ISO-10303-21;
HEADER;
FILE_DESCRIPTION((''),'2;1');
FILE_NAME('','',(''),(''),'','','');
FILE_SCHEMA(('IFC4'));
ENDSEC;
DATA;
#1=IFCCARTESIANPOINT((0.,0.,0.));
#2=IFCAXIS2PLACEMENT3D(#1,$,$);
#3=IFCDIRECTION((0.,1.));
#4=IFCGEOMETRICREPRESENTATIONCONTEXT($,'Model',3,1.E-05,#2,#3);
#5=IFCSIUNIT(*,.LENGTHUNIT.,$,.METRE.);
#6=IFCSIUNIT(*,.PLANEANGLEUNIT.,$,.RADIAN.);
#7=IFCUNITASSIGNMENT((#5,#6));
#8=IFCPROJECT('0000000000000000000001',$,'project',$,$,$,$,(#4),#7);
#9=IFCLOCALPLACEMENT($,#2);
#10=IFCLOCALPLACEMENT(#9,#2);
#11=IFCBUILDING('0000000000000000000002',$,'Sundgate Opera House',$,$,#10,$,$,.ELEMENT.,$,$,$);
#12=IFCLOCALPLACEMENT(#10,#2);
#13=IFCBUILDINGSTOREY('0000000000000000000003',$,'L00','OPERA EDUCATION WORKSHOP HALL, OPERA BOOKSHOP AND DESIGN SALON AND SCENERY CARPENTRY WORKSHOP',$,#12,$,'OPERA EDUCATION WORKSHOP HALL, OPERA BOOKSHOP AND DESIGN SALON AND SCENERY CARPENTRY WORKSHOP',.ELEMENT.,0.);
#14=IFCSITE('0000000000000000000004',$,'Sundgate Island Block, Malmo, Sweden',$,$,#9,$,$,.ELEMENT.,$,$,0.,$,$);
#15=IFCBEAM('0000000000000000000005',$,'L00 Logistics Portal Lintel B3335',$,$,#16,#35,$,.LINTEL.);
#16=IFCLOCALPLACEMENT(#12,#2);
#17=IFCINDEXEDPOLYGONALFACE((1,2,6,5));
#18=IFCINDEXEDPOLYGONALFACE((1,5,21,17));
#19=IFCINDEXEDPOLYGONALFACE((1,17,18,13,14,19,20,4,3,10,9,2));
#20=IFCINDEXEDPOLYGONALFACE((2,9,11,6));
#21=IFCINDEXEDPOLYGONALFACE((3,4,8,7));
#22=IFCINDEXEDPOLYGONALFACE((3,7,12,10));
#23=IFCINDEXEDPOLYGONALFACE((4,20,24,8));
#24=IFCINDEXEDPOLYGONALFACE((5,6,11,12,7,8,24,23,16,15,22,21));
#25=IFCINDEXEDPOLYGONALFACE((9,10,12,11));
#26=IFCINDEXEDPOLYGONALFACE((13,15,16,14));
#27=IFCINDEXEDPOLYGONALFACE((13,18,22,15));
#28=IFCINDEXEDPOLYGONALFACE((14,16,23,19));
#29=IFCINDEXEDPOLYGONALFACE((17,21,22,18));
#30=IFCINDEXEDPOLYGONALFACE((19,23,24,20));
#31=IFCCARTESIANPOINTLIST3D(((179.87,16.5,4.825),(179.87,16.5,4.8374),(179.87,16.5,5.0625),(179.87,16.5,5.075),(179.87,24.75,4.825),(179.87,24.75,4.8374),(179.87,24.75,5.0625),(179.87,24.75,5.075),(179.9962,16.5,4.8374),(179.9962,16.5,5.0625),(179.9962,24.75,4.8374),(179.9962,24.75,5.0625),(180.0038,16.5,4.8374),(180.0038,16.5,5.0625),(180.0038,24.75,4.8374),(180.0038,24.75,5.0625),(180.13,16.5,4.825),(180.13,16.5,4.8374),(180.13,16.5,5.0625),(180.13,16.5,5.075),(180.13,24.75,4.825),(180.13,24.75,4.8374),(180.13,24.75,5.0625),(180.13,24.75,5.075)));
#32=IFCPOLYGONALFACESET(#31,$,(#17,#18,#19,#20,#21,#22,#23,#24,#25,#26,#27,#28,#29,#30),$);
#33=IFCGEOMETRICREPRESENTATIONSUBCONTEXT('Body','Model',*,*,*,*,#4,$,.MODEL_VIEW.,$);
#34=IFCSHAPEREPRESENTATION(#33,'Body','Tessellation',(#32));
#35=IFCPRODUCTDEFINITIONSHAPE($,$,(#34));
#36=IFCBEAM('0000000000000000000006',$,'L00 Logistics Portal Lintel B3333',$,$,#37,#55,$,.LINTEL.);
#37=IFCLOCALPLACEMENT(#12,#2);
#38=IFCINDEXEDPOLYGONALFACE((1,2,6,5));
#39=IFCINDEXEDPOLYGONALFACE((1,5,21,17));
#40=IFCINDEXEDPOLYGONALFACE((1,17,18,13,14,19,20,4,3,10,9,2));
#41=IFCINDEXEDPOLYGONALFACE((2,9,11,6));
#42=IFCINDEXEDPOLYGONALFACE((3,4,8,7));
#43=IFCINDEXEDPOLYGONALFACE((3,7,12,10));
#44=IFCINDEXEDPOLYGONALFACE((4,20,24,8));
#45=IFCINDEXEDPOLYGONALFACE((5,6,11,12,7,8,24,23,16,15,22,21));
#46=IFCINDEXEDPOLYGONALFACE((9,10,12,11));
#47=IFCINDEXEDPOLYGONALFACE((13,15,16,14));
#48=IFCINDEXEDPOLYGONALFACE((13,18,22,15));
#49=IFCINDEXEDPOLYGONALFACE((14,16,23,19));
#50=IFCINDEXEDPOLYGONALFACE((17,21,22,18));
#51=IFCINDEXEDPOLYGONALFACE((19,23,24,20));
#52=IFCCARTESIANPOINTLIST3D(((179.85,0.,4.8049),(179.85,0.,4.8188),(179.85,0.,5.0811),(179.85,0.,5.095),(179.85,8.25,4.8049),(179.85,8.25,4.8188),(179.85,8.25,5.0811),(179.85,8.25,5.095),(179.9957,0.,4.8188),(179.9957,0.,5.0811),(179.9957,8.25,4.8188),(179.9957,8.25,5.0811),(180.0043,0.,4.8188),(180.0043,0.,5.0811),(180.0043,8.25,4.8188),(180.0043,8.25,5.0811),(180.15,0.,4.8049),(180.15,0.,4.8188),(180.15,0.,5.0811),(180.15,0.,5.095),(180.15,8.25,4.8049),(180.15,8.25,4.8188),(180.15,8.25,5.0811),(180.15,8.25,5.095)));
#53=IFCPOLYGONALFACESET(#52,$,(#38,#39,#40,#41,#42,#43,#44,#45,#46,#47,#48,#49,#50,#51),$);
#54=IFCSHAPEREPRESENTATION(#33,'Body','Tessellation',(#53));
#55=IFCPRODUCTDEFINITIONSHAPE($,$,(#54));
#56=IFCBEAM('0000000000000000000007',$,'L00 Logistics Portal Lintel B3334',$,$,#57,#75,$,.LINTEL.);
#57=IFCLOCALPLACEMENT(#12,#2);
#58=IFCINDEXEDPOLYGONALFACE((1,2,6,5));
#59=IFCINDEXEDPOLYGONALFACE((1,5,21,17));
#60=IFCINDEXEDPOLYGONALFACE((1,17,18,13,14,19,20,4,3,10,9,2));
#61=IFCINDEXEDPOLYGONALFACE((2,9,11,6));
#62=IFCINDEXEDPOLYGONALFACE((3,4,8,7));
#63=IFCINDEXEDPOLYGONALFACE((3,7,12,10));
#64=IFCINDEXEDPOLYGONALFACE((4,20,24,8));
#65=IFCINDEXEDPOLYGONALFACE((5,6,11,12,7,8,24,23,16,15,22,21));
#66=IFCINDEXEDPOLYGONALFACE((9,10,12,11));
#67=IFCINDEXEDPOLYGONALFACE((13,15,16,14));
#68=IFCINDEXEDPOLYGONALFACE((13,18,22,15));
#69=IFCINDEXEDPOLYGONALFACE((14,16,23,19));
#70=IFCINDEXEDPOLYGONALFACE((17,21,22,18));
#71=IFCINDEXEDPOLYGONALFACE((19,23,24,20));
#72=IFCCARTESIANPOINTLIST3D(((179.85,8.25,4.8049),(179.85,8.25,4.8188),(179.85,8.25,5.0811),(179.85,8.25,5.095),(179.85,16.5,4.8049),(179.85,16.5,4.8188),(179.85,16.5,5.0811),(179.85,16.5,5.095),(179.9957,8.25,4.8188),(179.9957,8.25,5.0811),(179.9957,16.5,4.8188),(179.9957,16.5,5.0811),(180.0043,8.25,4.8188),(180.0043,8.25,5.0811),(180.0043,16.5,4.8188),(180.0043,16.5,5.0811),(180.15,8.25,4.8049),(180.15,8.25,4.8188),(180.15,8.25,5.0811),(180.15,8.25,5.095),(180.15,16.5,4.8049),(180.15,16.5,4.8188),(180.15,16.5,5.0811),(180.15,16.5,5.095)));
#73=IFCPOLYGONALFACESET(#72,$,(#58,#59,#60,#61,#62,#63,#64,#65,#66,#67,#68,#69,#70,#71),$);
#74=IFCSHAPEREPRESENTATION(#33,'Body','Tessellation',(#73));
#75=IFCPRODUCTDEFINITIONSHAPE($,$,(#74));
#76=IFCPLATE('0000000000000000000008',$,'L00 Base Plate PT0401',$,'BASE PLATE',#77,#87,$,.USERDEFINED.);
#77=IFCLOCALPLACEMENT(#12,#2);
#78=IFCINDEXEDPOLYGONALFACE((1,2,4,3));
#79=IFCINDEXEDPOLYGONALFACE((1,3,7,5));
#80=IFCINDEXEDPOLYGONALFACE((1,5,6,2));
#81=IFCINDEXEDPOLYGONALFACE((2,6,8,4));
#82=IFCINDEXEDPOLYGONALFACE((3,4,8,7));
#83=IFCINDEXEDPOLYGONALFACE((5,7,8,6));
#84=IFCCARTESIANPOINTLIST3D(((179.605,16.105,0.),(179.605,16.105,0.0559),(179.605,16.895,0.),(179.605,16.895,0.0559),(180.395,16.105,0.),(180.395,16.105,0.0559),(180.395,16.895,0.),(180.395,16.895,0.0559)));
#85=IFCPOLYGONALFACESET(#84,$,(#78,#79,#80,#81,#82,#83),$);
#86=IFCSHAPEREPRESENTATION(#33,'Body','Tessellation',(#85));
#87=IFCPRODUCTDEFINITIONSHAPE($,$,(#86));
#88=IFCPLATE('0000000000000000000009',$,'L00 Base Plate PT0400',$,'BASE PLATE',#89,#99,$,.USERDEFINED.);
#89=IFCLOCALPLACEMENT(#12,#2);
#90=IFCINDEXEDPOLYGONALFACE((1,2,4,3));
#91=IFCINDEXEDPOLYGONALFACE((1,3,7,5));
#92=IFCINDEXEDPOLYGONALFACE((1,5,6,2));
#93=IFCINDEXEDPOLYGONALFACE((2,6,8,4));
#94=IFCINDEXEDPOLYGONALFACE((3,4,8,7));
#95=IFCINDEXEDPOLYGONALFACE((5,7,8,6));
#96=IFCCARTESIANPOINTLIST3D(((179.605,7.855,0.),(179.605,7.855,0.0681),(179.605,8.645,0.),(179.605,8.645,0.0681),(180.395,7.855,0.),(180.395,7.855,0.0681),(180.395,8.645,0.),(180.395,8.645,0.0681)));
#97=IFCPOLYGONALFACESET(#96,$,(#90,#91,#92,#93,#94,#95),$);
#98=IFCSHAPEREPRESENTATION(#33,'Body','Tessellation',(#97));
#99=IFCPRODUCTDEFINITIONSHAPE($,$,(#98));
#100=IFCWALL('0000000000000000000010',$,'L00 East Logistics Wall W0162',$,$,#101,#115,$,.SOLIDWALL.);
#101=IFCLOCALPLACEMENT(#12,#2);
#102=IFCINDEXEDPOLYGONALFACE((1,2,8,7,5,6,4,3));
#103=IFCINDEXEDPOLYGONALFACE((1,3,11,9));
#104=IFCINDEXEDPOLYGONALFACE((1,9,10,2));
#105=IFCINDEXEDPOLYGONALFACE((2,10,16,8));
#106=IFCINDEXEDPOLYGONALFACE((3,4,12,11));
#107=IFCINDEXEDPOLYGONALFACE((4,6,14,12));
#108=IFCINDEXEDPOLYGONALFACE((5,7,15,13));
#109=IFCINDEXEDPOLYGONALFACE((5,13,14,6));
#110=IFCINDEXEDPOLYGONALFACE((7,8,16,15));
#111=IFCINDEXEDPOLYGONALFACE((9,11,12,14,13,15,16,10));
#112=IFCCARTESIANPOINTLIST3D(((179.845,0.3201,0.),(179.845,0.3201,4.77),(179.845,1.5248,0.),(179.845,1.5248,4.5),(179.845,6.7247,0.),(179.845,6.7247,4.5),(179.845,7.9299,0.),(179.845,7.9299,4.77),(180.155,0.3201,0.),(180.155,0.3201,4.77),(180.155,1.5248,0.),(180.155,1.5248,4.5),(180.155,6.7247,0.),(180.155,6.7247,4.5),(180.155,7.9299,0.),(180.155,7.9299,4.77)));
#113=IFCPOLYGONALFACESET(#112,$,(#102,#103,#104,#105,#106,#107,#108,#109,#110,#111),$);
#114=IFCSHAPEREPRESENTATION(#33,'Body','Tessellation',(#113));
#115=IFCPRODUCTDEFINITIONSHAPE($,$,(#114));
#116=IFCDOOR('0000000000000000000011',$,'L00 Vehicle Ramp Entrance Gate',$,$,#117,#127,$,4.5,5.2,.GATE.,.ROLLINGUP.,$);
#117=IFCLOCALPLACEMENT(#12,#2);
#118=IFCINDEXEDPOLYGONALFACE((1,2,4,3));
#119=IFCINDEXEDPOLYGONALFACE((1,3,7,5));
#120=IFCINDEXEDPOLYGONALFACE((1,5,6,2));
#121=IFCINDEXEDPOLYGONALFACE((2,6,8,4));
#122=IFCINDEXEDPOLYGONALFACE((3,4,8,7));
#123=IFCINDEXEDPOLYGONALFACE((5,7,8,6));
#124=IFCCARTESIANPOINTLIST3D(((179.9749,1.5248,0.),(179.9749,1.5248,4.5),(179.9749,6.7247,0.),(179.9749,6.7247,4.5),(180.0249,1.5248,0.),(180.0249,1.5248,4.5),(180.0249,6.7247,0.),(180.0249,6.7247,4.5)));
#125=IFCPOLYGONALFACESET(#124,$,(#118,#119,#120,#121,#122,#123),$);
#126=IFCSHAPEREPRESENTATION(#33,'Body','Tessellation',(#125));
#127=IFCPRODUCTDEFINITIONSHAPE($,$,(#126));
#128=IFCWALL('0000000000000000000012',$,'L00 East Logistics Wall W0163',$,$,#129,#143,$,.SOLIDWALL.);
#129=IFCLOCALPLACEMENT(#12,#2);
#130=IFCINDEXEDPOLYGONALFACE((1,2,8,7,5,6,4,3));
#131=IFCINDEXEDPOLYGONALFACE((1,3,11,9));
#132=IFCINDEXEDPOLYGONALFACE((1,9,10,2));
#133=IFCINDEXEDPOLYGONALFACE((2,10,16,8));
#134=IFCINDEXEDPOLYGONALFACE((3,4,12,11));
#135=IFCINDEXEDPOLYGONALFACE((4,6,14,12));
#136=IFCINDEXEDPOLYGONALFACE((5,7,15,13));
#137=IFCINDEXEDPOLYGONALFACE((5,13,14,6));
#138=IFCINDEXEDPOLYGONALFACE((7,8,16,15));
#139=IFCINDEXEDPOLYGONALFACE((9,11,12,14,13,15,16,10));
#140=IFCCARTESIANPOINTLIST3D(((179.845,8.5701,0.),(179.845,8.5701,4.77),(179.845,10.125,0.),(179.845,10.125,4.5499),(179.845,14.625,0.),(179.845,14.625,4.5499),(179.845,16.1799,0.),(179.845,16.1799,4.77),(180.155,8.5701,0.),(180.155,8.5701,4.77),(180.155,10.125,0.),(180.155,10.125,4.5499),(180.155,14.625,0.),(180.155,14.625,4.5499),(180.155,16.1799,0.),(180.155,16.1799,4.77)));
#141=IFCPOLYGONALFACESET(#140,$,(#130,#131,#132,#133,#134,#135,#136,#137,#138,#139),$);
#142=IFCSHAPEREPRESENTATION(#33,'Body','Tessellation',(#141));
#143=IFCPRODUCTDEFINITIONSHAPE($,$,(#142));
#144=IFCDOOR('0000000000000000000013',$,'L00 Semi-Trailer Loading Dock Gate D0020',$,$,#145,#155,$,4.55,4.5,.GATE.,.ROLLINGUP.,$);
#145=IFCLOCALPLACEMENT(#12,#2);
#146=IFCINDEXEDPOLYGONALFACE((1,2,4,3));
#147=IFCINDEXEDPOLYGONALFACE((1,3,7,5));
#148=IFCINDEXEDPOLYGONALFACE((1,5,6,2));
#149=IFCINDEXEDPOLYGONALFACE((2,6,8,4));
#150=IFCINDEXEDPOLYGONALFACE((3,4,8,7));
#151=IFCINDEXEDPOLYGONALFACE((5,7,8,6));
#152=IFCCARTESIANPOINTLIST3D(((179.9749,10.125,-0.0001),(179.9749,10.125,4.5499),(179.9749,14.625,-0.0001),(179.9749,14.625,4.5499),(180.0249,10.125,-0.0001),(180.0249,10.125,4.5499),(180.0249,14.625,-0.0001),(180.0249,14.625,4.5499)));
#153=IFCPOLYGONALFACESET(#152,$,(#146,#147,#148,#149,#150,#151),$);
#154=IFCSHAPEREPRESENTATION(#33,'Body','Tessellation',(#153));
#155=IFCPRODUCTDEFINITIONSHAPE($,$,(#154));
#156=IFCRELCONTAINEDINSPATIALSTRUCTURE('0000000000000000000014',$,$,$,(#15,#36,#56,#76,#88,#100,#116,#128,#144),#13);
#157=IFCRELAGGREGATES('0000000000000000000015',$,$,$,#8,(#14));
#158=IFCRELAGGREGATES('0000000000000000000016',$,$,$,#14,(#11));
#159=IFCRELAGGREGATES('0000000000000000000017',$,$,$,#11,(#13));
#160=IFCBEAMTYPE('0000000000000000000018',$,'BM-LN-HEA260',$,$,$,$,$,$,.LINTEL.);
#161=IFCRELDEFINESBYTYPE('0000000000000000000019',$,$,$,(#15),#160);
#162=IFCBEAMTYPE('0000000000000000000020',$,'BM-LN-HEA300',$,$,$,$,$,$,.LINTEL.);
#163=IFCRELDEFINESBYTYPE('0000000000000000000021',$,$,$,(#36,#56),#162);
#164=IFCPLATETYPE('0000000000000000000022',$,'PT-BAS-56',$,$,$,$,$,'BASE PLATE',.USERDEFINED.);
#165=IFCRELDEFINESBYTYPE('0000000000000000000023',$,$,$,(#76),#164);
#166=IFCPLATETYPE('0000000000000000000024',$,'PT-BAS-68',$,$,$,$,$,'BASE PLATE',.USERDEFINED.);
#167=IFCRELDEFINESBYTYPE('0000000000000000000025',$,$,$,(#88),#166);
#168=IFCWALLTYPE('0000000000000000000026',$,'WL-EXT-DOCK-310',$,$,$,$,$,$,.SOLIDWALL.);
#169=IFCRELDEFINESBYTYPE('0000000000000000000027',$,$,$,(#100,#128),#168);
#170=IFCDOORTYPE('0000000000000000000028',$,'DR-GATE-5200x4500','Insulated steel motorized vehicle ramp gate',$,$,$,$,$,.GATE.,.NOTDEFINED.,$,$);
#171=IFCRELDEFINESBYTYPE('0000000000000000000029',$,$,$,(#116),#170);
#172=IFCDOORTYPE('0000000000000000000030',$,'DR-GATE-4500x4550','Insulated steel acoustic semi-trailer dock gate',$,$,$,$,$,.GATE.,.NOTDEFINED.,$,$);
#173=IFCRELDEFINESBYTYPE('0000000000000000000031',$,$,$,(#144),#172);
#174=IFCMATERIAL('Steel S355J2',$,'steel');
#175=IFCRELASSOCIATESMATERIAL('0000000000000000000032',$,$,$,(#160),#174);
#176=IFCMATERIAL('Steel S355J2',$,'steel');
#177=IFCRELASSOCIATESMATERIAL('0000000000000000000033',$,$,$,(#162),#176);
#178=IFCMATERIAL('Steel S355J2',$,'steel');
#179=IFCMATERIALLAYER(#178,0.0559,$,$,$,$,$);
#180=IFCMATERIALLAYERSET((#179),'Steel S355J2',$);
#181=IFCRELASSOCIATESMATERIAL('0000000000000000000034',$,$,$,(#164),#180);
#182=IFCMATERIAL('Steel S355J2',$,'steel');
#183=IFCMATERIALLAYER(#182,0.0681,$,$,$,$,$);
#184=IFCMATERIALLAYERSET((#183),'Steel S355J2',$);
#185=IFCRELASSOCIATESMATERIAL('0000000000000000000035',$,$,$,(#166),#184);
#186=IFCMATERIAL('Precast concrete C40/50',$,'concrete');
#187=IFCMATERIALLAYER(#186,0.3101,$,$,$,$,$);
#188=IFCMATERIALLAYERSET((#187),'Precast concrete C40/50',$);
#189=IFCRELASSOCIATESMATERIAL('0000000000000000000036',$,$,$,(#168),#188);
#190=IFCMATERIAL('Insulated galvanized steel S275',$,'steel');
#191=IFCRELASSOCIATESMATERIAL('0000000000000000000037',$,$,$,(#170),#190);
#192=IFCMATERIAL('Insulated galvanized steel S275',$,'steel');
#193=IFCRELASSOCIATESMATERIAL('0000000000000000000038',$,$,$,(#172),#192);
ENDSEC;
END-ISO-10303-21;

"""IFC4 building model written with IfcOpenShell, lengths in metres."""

from ifc_helpers import new_model, si_unit, direction, frame, frame_2d, origin, origin_2d, place, context, subcontext, project, spatial, rectangle, i_section, extrude, material, layer, layer_set, material_profile, profile_set, type_object, element, fill, save


model = new_model("IFC4")

# Units and contexts
model_context = context("Model", 3, precision=1e-05, world=origin(), true_north=direction((0.0, 1.0)))
body_context = subcontext(model_context, "Body", "Model", "MODEL_VIEW")
ifc_project = project(units=[si_unit("LENGTHUNIT", "METRE"), si_unit("PLANEANGLEUNIT", "RADIAN")], contexts=[model_context])

# Site, building, storey
site_placement = place(None, origin())
site = spatial("IfcSite", under=ifc_project, at=site_placement, Name="Sundgate Island Block, Malmo, Sweden", CompositionType="ELEMENT", RefElevation=0.0)
building_placement = place(site_placement, origin())
building = spatial("IfcBuilding", under=site, at=building_placement, Name="Sundgate Opera House", CompositionType="ELEMENT")
storey_placement = place(building_placement, origin())
storey = spatial("IfcBuildingStorey", under=building, at=storey_placement, Name="L00", Description="OPERA EDUCATION WORKSHOP HALL, OPERA BOOKSHOP AND DESIGN SALON AND SCENERY CARPENTRY WORKSHOP", LongName="OPERA EDUCATION WORKSHOP HALL, OPERA BOOKSHOP AND DESIGN SALON AND SCENERY CARPENTRY WORKSHOP", CompositionType="ELEMENT", Elevation=0.0)

# Beams
ifc_material_1 = material(Name="Steel S355J2", Category="steel")
ifc_material_profile_1 = material_profile(ifc_material_1, i_section(OverallWidth=0.26, OverallDepth=0.25, WebThickness=0.0076, FlangeThickness=0.0125, at=origin_2d()), Name="HEA 260")
ifc_profile_set_1 = profile_set([ifc_material_profile_1], Name="Steel S355J2")
beam_type_1 = type_object("IfcBeamType", Name="BM-LN-HEA260", PredefinedType="LINTEL", material=ifc_profile_set_1)
beam_1_placement = place(storey_placement, frame((180.0, 16.5, 4.95), z_axis=(0.0, 1.0, 0.0), x_axis=(-1.0, 0.0, 0.0)))
element("IfcBeam", 1, at=beam_1_placement, inside=storey, type_object=beam_type_1, Name="L00 Logistics Portal Lintel B3335", PredefinedType="LINTEL", context=body_context, shape_type="SweptSolid", body=[
    extrude(i_section(OverallWidth=0.26, OverallDepth=0.25, WebThickness=0.0076, FlangeThickness=0.0125, at=origin_2d()), origin(), (0.0, 0.0, 1.0), 8.25),
])
ifc_material_2 = material(Name="Steel S355J2", Category="steel")
ifc_material_profile_2 = material_profile(ifc_material_2, i_section(OverallWidth=0.3, OverallDepth=0.29, WebThickness=0.0085, FlangeThickness=0.0139, at=origin_2d()), Name="HEA 300")
ifc_profile_set_2 = profile_set([ifc_material_profile_2], Name="Steel S355J2")
beam_type_2 = type_object("IfcBeamType", Name="BM-LN-HEA300", PredefinedType="LINTEL", material=ifc_profile_set_2)
for number, where, z_axis, x_axis, name in (
    (2, (180.0, 0.0, 4.95), (0.0, 1.0, 0.0), (-1.0, 0.0, 0.0), "L00 Logistics Portal Lintel B3333"),
    (3, (180.0, 8.25, 4.95), (0.0, 1.0, 0.0), (-1.0, 0.0, 0.0), "L00 Logistics Portal Lintel B3334"),
):
    element("IfcBeam", number, at=place(storey_placement, frame(where, z_axis=z_axis, x_axis=x_axis)), inside=storey, type_object=beam_type_2, Name=name, PredefinedType="LINTEL", context=body_context, shape_type="SweptSolid", body=[
        extrude(i_section(OverallWidth=0.3, OverallDepth=0.29, WebThickness=0.0085, FlangeThickness=0.0139, at=origin_2d()), origin(), (0.0, 0.0, 1.0), 8.25),
    ])

# Plates
ifc_material_3 = material(Name="Steel S355J2", Category="steel")
ifc_layer_1 = layer(ifc_material_3, 0.0559)
ifc_layer_set_1 = layer_set([ifc_layer_1], Name="Steel S355J2")
plate_type_1 = type_object("IfcPlateType", Name="PT-BAS-56", ElementType="BASE PLATE", PredefinedType="USERDEFINED", material=ifc_layer_set_1)
plate_1_placement = place(storey_placement, frame((180.0, 16.5, 0.0), z_axis=(0.0, 0.0, 1.0), x_axis=(1.0, 0.0, 0.0)))
element("IfcPlate", 4, at=plate_1_placement, inside=storey, type_object=plate_type_1, Name="L00 Base Plate PT0401", ObjectType="BASE PLATE", PredefinedType="USERDEFINED", context=body_context, shape_type="SweptSolid", body=[
    extrude(rectangle(XDim=0.79, YDim=0.79, at=origin_2d()), origin(), (0.0, 0.0, 1.0), 0.0559),
])
ifc_material_4 = material(Name="Steel S355J2", Category="steel")
ifc_layer_2 = layer(ifc_material_4, 0.0681)
ifc_layer_set_2 = layer_set([ifc_layer_2], Name="Steel S355J2")
plate_type_2 = type_object("IfcPlateType", Name="PT-BAS-68", ElementType="BASE PLATE", PredefinedType="USERDEFINED", material=ifc_layer_set_2)
plate_2_placement = place(storey_placement, frame((180.0, 8.25, 0.0), z_axis=(0.0, 0.0, 1.0), x_axis=(1.0, 0.0, 0.0)))
element("IfcPlate", 5, at=plate_2_placement, inside=storey, type_object=plate_type_2, Name="L00 Base Plate PT0400", ObjectType="BASE PLATE", PredefinedType="USERDEFINED", context=body_context, shape_type="SweptSolid", body=[
    extrude(rectangle(XDim=0.79, YDim=0.79, at=origin_2d()), origin(), (0.0, 0.0, 1.0), 0.0681),
])

# Walls, openings, doors
ifc_material_5 = material(Name="Precast concrete C40/50", Category="concrete")
ifc_layer_3 = layer(ifc_material_5, 0.3101)
ifc_layer_set_3 = layer_set([ifc_layer_3], Name="Precast concrete C40/50")
wall_type = type_object("IfcWallType", Name="WL-EXT-DOCK-310", PredefinedType="SOLIDWALL", material=ifc_layer_set_3)
wall_1_placement = place(storey_placement, frame((180.0, 7.9299, 0.0), z_axis=(0.0, 0.0, 1.0), x_axis=(0.0, -1.0, 0.0)))
wall_1 = element("IfcWall", 6, at=wall_1_placement, inside=storey, type_object=wall_type, Name="L00 East Logistics Wall W0162", PredefinedType="SOLIDWALL", context=body_context, shape_type="SweptSolid", body=[
    extrude(rectangle(XDim=7.6099, YDim=0.3101, at=frame_2d((3.8049, 0.0))), origin(), (0.0, 0.0, 1.0), 4.77),
])
opening_1_placement = place(wall_1_placement, frame((1.2051, 0.0, 0.0)))
opening_1 = element("IfcOpeningElement", 7, at=opening_1_placement, cuts=wall_1, PredefinedType="OPENING", context=body_context, shape_type="SweptSolid", body=[
    extrude(rectangle(XDim=5.2, YDim=4.5, at=frame_2d((2.6001, 2.25))), frame((0.0, 0.165, 0.0), z_axis=(0.0, -1.0, 0.0), x_axis=(1.0, 0.0, 0.0)), (0.0, 0.0, 1.0), 0.3301),
])
ifc_material_6 = material(Name="Insulated galvanized steel S275", Category="steel")
door_type_1 = type_object("IfcDoorType", Name="DR-GATE-5200x4500", Description="Insulated steel motorized vehicle ramp gate", OperationType="NOTDEFINED", PredefinedType="GATE", material=ifc_material_6)
door_1_placement = place(opening_1_placement, origin())
door_1 = element("IfcDoor", 8, at=door_1_placement, inside=storey, type_object=door_type_1, Name="L00 Vehicle Ramp Entrance Gate", OperationType="ROLLINGUP", OverallHeight=4.5, OverallWidth=5.2, PredefinedType="GATE", context=body_context, shape_type="SweptSolid", body=[
    extrude(rectangle(XDim=5.2, YDim=4.5, at=frame_2d((2.6001, 2.25))), frame((0.0, 0.0249, 0.0), z_axis=(0.0, -1.0, 0.0), x_axis=(1.0, 0.0, 0.0)), (0.0, 0.0, 1.0), 0.05),
])
fill(opening_1, door_1)
wall_2_placement = place(storey_placement, frame((180.0, 16.1799, 0.0), z_axis=(0.0, 0.0, 1.0), x_axis=(0.0, -1.0, 0.0)))
wall_2 = element("IfcWall", 9, at=wall_2_placement, inside=storey, type_object=wall_type, Name="L00 East Logistics Wall W0163", PredefinedType="SOLIDWALL", context=body_context, shape_type="SweptSolid", body=[
    extrude(rectangle(XDim=7.6099, YDim=0.3101, at=frame_2d((3.8049, 0.0))), origin(), (0.0, 0.0, 1.0), 4.77),
])
opening_2_placement = place(wall_2_placement, frame((1.5549, 0.0, 0.0)))
opening_2 = element("IfcOpeningElement", 10, at=opening_2_placement, cuts=wall_2, PredefinedType="OPENING", context=body_context, shape_type="SweptSolid", body=[
    extrude(rectangle(XDim=4.5, YDim=4.55, at=frame_2d((2.25, 2.2749))), frame((0.0, 0.165, 0.0), z_axis=(0.0, -1.0, 0.0), x_axis=(1.0, 0.0, 0.0)), (0.0, 0.0, 1.0), 0.3301),
])
ifc_material_7 = material(Name="Insulated galvanized steel S275", Category="steel")
door_type_2 = type_object("IfcDoorType", Name="DR-GATE-4500x4550", Description="Insulated steel acoustic semi-trailer dock gate", OperationType="NOTDEFINED", PredefinedType="GATE", material=ifc_material_7)
door_2_placement = place(opening_2_placement, origin())
door_2 = element("IfcDoor", 11, at=door_2_placement, inside=storey, type_object=door_type_2, Name="L00 Semi-Trailer Loading Dock Gate D0020", OperationType="ROLLINGUP", OverallHeight=4.55, OverallWidth=4.5, PredefinedType="GATE", context=body_context, shape_type="SweptSolid", body=[
    extrude(rectangle(XDim=4.5, YDim=4.55, at=frame_2d((2.25, 2.2749))), frame((0.0, 0.0249, 0.0), z_axis=(0.0, -1.0, 0.0), x_axis=(1.0, 0.0, 0.0)), (0.0, 0.0, 1.0), 0.05),
])
fill(opening_2, door_2)

save(model, "model.ifc")
